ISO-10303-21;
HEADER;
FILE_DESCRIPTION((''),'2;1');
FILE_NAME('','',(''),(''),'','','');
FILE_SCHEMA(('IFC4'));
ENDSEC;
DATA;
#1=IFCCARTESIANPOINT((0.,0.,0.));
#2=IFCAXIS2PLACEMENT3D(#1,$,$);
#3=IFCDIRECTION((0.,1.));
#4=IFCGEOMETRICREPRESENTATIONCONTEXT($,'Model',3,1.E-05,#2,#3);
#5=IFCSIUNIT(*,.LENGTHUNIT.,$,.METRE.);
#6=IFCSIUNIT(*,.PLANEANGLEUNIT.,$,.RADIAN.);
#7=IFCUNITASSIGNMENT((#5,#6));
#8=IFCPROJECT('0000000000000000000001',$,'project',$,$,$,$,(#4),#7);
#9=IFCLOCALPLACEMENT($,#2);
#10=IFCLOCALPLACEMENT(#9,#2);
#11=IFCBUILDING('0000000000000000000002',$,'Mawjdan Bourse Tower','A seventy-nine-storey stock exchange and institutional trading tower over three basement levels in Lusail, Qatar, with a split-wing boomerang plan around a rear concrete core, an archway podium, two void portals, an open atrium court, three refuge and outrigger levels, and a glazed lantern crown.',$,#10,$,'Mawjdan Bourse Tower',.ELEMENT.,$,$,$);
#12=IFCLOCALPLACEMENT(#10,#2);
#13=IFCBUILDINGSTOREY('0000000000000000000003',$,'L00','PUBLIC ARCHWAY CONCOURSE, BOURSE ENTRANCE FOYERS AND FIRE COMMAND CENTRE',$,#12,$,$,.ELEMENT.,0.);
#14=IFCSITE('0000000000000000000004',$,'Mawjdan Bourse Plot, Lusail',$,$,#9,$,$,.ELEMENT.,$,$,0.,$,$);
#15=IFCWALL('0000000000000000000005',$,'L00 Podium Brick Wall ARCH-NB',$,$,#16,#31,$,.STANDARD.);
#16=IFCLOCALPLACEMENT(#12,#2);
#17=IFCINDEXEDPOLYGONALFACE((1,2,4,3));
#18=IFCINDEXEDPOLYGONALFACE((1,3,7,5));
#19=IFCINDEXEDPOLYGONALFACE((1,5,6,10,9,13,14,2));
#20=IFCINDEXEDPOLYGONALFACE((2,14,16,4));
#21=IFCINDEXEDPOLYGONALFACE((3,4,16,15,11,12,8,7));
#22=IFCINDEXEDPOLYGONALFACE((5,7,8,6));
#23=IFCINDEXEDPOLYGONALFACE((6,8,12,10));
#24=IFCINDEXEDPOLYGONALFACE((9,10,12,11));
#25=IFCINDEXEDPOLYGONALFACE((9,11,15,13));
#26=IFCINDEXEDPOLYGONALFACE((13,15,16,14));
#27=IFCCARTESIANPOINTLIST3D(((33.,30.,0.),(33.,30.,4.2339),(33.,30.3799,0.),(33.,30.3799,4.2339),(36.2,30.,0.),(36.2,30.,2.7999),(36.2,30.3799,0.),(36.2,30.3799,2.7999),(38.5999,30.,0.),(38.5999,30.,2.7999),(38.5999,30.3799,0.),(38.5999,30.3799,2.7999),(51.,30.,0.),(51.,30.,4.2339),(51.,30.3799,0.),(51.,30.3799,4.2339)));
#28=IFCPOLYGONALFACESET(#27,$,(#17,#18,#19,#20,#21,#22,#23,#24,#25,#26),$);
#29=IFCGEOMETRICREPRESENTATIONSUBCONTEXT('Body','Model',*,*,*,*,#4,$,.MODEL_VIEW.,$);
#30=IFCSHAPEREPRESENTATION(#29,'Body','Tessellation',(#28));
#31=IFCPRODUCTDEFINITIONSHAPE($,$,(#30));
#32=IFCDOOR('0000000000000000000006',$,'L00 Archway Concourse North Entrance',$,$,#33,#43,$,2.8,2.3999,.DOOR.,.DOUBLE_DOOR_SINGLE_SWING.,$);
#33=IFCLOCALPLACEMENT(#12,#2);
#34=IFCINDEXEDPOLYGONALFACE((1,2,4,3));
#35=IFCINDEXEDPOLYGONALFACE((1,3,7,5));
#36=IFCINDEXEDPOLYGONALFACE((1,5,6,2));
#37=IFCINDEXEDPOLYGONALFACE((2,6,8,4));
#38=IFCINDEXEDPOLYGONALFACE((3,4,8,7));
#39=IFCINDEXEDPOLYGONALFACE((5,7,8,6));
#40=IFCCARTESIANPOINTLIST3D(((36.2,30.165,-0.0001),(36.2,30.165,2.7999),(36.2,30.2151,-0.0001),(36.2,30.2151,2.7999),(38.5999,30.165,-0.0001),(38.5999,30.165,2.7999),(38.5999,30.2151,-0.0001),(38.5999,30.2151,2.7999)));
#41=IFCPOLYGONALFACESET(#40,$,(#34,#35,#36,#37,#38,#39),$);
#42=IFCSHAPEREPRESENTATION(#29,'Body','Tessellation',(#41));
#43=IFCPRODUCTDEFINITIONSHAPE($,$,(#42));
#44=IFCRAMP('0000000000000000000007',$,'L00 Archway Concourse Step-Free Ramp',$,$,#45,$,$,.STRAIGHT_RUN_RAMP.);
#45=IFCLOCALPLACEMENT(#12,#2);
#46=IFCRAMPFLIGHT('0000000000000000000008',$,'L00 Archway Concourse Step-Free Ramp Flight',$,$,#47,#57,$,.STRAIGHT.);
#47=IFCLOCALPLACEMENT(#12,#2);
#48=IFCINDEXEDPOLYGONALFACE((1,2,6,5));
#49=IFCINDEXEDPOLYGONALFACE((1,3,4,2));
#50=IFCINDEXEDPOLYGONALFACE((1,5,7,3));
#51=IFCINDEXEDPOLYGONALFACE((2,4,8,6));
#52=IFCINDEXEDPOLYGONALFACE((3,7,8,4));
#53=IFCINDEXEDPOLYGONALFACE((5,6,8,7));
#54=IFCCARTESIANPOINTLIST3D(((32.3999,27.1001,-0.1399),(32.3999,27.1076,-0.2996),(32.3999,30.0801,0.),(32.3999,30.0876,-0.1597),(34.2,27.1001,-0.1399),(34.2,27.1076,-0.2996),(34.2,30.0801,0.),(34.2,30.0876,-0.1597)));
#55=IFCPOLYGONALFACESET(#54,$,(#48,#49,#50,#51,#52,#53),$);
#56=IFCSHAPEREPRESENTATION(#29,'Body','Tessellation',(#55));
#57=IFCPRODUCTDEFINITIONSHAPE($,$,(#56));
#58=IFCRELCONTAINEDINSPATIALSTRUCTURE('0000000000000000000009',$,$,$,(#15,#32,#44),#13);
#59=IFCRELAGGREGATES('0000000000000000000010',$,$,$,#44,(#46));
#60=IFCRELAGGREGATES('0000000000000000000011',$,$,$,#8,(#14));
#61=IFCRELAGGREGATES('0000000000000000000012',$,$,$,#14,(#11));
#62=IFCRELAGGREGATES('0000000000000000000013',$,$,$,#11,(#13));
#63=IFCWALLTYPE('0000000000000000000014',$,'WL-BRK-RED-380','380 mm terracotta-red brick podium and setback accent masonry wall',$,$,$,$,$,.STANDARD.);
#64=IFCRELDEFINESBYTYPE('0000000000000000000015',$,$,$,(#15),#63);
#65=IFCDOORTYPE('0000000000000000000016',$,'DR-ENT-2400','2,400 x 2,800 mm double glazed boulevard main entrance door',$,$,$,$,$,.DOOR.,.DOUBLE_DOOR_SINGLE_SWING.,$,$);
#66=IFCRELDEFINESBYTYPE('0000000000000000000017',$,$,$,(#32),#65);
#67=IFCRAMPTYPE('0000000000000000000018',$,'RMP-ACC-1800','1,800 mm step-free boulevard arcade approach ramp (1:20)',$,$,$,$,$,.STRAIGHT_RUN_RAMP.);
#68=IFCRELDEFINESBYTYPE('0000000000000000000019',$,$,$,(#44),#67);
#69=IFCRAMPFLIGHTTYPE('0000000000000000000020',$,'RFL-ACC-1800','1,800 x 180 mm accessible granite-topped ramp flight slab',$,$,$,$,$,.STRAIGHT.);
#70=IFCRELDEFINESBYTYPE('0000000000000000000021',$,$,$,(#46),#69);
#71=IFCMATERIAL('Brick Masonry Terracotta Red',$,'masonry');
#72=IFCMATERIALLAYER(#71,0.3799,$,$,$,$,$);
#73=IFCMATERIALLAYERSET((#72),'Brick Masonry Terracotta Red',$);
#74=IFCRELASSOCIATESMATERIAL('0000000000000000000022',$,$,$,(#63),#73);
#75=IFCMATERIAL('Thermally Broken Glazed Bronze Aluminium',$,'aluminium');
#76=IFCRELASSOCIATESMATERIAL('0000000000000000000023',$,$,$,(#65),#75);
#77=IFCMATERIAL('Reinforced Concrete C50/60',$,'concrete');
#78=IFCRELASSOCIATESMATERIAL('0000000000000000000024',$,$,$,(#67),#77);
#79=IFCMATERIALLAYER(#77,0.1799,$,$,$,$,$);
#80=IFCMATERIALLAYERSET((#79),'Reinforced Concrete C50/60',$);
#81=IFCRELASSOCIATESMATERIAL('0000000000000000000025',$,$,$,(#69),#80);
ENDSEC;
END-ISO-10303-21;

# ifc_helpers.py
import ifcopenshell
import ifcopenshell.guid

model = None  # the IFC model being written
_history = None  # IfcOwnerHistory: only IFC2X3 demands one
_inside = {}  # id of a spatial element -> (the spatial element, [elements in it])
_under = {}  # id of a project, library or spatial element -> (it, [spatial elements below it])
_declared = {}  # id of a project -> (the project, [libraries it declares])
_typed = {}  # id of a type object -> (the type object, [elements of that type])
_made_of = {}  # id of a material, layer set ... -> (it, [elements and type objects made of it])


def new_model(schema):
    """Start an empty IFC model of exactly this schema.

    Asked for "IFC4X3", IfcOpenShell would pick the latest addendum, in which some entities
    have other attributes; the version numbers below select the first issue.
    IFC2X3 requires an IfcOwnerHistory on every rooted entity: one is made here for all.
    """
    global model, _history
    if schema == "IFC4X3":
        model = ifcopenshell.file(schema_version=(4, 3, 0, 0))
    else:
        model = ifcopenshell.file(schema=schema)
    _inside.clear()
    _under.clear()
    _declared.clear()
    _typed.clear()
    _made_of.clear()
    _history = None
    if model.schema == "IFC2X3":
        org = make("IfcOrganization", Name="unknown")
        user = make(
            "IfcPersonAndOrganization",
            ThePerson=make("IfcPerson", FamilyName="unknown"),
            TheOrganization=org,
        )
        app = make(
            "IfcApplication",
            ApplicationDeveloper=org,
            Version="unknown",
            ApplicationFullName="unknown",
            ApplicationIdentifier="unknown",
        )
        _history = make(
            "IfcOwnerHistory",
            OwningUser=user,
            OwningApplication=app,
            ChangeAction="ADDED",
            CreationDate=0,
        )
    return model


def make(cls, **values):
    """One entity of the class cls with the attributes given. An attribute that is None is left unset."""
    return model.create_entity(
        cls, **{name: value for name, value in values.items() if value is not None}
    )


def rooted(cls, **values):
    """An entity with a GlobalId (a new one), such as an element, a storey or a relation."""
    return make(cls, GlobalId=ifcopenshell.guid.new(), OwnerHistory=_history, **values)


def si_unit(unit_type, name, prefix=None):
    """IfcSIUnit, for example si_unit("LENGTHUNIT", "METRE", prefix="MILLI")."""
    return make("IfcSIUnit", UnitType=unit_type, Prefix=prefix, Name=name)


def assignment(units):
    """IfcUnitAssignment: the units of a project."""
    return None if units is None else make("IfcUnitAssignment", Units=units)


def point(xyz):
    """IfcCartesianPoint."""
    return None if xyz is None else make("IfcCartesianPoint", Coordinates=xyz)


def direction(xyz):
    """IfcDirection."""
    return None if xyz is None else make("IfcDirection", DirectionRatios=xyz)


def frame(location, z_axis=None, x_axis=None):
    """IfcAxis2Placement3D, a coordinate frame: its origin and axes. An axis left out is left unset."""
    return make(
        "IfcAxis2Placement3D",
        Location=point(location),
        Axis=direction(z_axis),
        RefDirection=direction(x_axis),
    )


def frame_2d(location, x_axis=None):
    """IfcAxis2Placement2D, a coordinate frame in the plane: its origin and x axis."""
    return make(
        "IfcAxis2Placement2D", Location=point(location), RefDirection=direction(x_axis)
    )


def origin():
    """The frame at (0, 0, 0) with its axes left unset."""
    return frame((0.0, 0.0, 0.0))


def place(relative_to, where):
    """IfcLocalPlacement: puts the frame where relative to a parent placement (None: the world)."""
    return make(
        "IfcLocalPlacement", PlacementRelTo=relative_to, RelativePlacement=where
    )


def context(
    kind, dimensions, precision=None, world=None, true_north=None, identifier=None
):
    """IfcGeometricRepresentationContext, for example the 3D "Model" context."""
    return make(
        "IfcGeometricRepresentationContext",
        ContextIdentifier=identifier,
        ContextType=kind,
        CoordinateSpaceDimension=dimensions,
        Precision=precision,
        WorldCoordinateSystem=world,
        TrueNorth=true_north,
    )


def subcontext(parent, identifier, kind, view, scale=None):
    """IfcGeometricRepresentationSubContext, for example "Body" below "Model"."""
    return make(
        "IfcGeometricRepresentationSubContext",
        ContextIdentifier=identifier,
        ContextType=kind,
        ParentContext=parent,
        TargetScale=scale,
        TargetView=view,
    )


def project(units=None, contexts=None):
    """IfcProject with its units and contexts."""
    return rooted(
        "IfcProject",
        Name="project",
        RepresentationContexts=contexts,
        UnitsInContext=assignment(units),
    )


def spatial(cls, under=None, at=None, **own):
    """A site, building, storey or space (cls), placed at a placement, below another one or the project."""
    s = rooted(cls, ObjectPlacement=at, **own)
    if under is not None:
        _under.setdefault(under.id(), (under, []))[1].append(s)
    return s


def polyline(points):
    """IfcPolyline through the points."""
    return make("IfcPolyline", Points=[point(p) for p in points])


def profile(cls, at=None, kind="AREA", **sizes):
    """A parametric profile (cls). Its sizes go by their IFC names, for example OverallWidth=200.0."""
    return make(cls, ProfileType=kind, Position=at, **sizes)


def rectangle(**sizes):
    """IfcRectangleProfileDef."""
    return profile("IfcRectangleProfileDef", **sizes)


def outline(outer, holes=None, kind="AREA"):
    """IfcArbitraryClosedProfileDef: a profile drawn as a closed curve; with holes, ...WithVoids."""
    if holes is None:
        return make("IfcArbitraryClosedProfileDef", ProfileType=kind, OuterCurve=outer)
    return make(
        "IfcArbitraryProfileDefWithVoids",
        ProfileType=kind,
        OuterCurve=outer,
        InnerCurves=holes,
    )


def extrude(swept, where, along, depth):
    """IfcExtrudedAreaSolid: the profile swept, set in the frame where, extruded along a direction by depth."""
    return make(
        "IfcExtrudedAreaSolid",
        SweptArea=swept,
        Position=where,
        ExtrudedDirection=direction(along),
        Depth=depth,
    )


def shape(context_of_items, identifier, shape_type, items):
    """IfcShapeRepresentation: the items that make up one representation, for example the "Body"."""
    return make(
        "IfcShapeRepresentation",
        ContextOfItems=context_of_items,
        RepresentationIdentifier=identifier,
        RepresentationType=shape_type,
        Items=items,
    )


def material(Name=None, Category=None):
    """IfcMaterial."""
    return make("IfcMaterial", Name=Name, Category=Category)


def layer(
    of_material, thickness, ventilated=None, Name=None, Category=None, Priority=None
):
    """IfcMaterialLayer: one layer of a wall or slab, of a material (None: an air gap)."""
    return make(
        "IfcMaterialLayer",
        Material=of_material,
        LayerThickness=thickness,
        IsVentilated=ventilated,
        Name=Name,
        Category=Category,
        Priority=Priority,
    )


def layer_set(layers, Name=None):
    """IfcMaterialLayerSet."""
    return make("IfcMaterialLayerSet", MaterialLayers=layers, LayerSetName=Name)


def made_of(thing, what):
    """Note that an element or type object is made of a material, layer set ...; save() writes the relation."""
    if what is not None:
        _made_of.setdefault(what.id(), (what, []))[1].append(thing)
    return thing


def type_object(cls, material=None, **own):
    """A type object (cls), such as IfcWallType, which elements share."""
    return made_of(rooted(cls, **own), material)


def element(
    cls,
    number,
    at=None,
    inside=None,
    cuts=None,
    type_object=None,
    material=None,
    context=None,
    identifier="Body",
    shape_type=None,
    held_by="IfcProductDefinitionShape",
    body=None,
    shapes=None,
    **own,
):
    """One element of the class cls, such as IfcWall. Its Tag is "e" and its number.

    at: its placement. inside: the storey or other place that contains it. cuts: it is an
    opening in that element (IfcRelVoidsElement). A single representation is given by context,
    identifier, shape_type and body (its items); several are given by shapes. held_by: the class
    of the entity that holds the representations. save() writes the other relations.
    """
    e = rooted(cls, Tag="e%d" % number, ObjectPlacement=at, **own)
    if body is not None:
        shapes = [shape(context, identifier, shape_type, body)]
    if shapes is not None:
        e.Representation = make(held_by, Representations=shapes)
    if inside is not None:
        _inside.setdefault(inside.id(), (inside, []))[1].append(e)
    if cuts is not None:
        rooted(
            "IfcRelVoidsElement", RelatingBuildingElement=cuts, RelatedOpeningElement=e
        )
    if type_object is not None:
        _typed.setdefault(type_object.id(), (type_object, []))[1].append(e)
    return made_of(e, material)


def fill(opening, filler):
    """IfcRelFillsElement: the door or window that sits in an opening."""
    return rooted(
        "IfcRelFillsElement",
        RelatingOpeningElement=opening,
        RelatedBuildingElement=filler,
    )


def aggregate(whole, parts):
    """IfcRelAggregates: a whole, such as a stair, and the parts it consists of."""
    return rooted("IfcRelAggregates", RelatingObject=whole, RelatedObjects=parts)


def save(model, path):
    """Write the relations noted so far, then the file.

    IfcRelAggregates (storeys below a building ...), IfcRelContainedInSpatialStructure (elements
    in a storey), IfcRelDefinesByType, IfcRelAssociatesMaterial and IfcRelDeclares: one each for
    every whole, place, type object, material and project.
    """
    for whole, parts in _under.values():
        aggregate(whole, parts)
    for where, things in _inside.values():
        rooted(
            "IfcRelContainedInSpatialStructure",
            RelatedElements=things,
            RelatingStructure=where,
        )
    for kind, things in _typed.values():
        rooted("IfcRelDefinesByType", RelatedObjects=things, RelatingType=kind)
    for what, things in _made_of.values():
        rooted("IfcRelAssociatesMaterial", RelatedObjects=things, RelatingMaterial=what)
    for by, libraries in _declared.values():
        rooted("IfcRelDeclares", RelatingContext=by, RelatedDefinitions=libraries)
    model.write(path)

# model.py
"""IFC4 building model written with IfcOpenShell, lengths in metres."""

from ifc_helpers import new_model, si_unit, direction, frame, frame_2d, origin, place, context, subcontext, project, spatial, polyline, rectangle, outline, extrude, material, layer, layer_set, type_object, element, fill, aggregate, save


model = new_model("IFC4")

# Units and contexts
model_context = context("Model", 3, precision=1e-05, world=origin(), true_north=direction((0.0, 1.0)))
body_context = subcontext(model_context, "Body", "Model", "MODEL_VIEW")
ifc_project = project(units=[si_unit("LENGTHUNIT", "METRE"), si_unit("PLANEANGLEUNIT", "RADIAN")], contexts=[model_context])

# Site, building, storey
site_placement = place(None, origin())
site = spatial("IfcSite", under=ifc_project, at=site_placement, Name="Mawjdan Bourse Plot, Lusail", CompositionType="ELEMENT", RefElevation=0.0)
building_placement = place(site_placement, origin())
building = spatial("IfcBuilding", under=site, at=building_placement, Name="Mawjdan Bourse Tower", Description="A seventy-nine-storey stock exchange and institutional trading tower over three basement levels in Lusail, Qatar, with a split-wing boomerang plan around a rear concrete core, an archway podium, two void portals, an open atrium court, three refuge and outrigger levels, and a glazed lantern crown.", LongName="Mawjdan Bourse Tower", CompositionType="ELEMENT")
storey_placement = place(building_placement, origin())
storey = spatial("IfcBuildingStorey", under=building, at=storey_placement, Name="L00", Description="PUBLIC ARCHWAY CONCOURSE, BOURSE ENTRANCE FOYERS AND FIRE COMMAND CENTRE", CompositionType="ELEMENT", Elevation=0.0)

# Wall, opening, door
ifc_material_1 = material(Name="Brick Masonry Terracotta Red", Category="masonry")
ifc_layer_1 = layer(ifc_material_1, 0.3799)
ifc_layer_set_1 = layer_set([ifc_layer_1], Name="Brick Masonry Terracotta Red")
wall_type = type_object("IfcWallType", Name="WL-BRK-RED-380", Description="380 mm terracotta-red brick podium and setback accent masonry wall", PredefinedType="STANDARD", material=ifc_layer_set_1)
wall_placement = place(storey_placement, frame((33.0, 30.1899, 0.0), z_axis=(0.0, 0.0, 1.0), x_axis=(1.0, 0.0, 0.0)))
wall = element("IfcWall", 1, at=wall_placement, inside=storey, type_object=wall_type, Name="L00 Podium Brick Wall ARCH-NB", PredefinedType="STANDARD", context=body_context, shape_type="SweptSolid", body=[
    extrude(rectangle(XDim=18.0, YDim=0.3799, at=frame_2d((9.0, 0.0))), origin(), (0.0, 0.0, 1.0), 4.2339),
])
opening_placement = place(wall_placement, frame((3.2, 0.0, 0.0)))
opening = element("IfcOpeningElement", 2, at=opening_placement, cuts=wall, PredefinedType="OPENING", context=body_context, shape_type="SweptSolid", body=[
    extrude(rectangle(XDim=2.3999, YDim=2.8, at=frame_2d((1.2, 1.3999))), frame((0.0, 0.2, 0.0), z_axis=(0.0, -1.0, 0.0), x_axis=(1.0, 0.0, 0.0)), (0.0, 0.0, 1.0), 0.3999),
])
ifc_material_2 = material(Name="Thermally Broken Glazed Bronze Aluminium", Category="aluminium")
door_type = type_object("IfcDoorType", Name="DR-ENT-2400", Description="2,400 x 2,800 mm double glazed boulevard main entrance door", OperationType="DOUBLE_DOOR_SINGLE_SWING", PredefinedType="DOOR", material=ifc_material_2)
door_placement = place(opening_placement, frame((2.3999, 0.0, 0.0), z_axis=(0.0, 0.0, 1.0), x_axis=(-1.0, 0.0, 0.0)))
door = element("IfcDoor", 3, at=door_placement, inside=storey, type_object=door_type, Name="L00 Archway Concourse North Entrance", OperationType="DOUBLE_DOOR_SINGLE_SWING", OverallHeight=2.8, OverallWidth=2.3999, PredefinedType="DOOR", context=body_context, shape_type="SweptSolid", body=[
    extrude(rectangle(XDim=2.3999, YDim=2.8, at=frame_2d((1.2, 1.3999))), frame((0.0, 0.0249, 0.0), z_axis=(0.0, -1.0, 0.0), x_axis=(1.0, 0.0, 0.0)), (0.0, 0.0, 1.0), 0.05),
])
fill(opening, door)

# Ramp, ramp flight
ifc_material_3 = material(Name="Reinforced Concrete C50/60", Category="concrete")
ramp_type = type_object("IfcRampType", Name="RMP-ACC-1800", Description="1,800 mm step-free boulevard arcade approach ramp (1:20)", PredefinedType="STRAIGHT_RUN_RAMP", material=ifc_material_3)
ramp_placement = place(storey_placement, origin())
ramp = element("IfcRamp", 4, at=ramp_placement, inside=storey, type_object=ramp_type, Name="L00 Archway Concourse Step-Free Ramp", PredefinedType="STRAIGHT_RUN_RAMP")
ifc_layer_2 = layer(ifc_material_3, 0.1799)
ifc_layer_set_2 = layer_set([ifc_layer_2], Name="Reinforced Concrete C50/60")
ramp_flight_type = type_object("IfcRampFlightType", Name="RFL-ACC-1800", Description="1,800 x 180 mm accessible granite-topped ramp flight slab", PredefinedType="STRAIGHT", material=ifc_layer_set_2)
ramp_flight_placement = place(storey_placement, frame((32.3999, 27.1001, -0.1399), z_axis=(0.0, -0.046892, 0.9989), x_axis=(0.0, 0.9989, 0.046892)))
ramp_flight = element("IfcRampFlight", 5, at=ramp_flight_placement, type_object=ramp_flight_type, Name="L00 Archway Concourse Step-Free Ramp Flight", PredefinedType="STRAIGHT", context=body_context, shape_type="SweptSolid", body=[
    extrude(outline(polyline([(0.0, 0.0), (2.9833, 0.0), (2.9833, -1.8), (0.0, -1.8), (0.0, 0.0)])), origin(), (0.0, 0.0, -1.0), 0.1599),
])
aggregate(ramp, [ramp_flight])

save(model, "model.ifc")
